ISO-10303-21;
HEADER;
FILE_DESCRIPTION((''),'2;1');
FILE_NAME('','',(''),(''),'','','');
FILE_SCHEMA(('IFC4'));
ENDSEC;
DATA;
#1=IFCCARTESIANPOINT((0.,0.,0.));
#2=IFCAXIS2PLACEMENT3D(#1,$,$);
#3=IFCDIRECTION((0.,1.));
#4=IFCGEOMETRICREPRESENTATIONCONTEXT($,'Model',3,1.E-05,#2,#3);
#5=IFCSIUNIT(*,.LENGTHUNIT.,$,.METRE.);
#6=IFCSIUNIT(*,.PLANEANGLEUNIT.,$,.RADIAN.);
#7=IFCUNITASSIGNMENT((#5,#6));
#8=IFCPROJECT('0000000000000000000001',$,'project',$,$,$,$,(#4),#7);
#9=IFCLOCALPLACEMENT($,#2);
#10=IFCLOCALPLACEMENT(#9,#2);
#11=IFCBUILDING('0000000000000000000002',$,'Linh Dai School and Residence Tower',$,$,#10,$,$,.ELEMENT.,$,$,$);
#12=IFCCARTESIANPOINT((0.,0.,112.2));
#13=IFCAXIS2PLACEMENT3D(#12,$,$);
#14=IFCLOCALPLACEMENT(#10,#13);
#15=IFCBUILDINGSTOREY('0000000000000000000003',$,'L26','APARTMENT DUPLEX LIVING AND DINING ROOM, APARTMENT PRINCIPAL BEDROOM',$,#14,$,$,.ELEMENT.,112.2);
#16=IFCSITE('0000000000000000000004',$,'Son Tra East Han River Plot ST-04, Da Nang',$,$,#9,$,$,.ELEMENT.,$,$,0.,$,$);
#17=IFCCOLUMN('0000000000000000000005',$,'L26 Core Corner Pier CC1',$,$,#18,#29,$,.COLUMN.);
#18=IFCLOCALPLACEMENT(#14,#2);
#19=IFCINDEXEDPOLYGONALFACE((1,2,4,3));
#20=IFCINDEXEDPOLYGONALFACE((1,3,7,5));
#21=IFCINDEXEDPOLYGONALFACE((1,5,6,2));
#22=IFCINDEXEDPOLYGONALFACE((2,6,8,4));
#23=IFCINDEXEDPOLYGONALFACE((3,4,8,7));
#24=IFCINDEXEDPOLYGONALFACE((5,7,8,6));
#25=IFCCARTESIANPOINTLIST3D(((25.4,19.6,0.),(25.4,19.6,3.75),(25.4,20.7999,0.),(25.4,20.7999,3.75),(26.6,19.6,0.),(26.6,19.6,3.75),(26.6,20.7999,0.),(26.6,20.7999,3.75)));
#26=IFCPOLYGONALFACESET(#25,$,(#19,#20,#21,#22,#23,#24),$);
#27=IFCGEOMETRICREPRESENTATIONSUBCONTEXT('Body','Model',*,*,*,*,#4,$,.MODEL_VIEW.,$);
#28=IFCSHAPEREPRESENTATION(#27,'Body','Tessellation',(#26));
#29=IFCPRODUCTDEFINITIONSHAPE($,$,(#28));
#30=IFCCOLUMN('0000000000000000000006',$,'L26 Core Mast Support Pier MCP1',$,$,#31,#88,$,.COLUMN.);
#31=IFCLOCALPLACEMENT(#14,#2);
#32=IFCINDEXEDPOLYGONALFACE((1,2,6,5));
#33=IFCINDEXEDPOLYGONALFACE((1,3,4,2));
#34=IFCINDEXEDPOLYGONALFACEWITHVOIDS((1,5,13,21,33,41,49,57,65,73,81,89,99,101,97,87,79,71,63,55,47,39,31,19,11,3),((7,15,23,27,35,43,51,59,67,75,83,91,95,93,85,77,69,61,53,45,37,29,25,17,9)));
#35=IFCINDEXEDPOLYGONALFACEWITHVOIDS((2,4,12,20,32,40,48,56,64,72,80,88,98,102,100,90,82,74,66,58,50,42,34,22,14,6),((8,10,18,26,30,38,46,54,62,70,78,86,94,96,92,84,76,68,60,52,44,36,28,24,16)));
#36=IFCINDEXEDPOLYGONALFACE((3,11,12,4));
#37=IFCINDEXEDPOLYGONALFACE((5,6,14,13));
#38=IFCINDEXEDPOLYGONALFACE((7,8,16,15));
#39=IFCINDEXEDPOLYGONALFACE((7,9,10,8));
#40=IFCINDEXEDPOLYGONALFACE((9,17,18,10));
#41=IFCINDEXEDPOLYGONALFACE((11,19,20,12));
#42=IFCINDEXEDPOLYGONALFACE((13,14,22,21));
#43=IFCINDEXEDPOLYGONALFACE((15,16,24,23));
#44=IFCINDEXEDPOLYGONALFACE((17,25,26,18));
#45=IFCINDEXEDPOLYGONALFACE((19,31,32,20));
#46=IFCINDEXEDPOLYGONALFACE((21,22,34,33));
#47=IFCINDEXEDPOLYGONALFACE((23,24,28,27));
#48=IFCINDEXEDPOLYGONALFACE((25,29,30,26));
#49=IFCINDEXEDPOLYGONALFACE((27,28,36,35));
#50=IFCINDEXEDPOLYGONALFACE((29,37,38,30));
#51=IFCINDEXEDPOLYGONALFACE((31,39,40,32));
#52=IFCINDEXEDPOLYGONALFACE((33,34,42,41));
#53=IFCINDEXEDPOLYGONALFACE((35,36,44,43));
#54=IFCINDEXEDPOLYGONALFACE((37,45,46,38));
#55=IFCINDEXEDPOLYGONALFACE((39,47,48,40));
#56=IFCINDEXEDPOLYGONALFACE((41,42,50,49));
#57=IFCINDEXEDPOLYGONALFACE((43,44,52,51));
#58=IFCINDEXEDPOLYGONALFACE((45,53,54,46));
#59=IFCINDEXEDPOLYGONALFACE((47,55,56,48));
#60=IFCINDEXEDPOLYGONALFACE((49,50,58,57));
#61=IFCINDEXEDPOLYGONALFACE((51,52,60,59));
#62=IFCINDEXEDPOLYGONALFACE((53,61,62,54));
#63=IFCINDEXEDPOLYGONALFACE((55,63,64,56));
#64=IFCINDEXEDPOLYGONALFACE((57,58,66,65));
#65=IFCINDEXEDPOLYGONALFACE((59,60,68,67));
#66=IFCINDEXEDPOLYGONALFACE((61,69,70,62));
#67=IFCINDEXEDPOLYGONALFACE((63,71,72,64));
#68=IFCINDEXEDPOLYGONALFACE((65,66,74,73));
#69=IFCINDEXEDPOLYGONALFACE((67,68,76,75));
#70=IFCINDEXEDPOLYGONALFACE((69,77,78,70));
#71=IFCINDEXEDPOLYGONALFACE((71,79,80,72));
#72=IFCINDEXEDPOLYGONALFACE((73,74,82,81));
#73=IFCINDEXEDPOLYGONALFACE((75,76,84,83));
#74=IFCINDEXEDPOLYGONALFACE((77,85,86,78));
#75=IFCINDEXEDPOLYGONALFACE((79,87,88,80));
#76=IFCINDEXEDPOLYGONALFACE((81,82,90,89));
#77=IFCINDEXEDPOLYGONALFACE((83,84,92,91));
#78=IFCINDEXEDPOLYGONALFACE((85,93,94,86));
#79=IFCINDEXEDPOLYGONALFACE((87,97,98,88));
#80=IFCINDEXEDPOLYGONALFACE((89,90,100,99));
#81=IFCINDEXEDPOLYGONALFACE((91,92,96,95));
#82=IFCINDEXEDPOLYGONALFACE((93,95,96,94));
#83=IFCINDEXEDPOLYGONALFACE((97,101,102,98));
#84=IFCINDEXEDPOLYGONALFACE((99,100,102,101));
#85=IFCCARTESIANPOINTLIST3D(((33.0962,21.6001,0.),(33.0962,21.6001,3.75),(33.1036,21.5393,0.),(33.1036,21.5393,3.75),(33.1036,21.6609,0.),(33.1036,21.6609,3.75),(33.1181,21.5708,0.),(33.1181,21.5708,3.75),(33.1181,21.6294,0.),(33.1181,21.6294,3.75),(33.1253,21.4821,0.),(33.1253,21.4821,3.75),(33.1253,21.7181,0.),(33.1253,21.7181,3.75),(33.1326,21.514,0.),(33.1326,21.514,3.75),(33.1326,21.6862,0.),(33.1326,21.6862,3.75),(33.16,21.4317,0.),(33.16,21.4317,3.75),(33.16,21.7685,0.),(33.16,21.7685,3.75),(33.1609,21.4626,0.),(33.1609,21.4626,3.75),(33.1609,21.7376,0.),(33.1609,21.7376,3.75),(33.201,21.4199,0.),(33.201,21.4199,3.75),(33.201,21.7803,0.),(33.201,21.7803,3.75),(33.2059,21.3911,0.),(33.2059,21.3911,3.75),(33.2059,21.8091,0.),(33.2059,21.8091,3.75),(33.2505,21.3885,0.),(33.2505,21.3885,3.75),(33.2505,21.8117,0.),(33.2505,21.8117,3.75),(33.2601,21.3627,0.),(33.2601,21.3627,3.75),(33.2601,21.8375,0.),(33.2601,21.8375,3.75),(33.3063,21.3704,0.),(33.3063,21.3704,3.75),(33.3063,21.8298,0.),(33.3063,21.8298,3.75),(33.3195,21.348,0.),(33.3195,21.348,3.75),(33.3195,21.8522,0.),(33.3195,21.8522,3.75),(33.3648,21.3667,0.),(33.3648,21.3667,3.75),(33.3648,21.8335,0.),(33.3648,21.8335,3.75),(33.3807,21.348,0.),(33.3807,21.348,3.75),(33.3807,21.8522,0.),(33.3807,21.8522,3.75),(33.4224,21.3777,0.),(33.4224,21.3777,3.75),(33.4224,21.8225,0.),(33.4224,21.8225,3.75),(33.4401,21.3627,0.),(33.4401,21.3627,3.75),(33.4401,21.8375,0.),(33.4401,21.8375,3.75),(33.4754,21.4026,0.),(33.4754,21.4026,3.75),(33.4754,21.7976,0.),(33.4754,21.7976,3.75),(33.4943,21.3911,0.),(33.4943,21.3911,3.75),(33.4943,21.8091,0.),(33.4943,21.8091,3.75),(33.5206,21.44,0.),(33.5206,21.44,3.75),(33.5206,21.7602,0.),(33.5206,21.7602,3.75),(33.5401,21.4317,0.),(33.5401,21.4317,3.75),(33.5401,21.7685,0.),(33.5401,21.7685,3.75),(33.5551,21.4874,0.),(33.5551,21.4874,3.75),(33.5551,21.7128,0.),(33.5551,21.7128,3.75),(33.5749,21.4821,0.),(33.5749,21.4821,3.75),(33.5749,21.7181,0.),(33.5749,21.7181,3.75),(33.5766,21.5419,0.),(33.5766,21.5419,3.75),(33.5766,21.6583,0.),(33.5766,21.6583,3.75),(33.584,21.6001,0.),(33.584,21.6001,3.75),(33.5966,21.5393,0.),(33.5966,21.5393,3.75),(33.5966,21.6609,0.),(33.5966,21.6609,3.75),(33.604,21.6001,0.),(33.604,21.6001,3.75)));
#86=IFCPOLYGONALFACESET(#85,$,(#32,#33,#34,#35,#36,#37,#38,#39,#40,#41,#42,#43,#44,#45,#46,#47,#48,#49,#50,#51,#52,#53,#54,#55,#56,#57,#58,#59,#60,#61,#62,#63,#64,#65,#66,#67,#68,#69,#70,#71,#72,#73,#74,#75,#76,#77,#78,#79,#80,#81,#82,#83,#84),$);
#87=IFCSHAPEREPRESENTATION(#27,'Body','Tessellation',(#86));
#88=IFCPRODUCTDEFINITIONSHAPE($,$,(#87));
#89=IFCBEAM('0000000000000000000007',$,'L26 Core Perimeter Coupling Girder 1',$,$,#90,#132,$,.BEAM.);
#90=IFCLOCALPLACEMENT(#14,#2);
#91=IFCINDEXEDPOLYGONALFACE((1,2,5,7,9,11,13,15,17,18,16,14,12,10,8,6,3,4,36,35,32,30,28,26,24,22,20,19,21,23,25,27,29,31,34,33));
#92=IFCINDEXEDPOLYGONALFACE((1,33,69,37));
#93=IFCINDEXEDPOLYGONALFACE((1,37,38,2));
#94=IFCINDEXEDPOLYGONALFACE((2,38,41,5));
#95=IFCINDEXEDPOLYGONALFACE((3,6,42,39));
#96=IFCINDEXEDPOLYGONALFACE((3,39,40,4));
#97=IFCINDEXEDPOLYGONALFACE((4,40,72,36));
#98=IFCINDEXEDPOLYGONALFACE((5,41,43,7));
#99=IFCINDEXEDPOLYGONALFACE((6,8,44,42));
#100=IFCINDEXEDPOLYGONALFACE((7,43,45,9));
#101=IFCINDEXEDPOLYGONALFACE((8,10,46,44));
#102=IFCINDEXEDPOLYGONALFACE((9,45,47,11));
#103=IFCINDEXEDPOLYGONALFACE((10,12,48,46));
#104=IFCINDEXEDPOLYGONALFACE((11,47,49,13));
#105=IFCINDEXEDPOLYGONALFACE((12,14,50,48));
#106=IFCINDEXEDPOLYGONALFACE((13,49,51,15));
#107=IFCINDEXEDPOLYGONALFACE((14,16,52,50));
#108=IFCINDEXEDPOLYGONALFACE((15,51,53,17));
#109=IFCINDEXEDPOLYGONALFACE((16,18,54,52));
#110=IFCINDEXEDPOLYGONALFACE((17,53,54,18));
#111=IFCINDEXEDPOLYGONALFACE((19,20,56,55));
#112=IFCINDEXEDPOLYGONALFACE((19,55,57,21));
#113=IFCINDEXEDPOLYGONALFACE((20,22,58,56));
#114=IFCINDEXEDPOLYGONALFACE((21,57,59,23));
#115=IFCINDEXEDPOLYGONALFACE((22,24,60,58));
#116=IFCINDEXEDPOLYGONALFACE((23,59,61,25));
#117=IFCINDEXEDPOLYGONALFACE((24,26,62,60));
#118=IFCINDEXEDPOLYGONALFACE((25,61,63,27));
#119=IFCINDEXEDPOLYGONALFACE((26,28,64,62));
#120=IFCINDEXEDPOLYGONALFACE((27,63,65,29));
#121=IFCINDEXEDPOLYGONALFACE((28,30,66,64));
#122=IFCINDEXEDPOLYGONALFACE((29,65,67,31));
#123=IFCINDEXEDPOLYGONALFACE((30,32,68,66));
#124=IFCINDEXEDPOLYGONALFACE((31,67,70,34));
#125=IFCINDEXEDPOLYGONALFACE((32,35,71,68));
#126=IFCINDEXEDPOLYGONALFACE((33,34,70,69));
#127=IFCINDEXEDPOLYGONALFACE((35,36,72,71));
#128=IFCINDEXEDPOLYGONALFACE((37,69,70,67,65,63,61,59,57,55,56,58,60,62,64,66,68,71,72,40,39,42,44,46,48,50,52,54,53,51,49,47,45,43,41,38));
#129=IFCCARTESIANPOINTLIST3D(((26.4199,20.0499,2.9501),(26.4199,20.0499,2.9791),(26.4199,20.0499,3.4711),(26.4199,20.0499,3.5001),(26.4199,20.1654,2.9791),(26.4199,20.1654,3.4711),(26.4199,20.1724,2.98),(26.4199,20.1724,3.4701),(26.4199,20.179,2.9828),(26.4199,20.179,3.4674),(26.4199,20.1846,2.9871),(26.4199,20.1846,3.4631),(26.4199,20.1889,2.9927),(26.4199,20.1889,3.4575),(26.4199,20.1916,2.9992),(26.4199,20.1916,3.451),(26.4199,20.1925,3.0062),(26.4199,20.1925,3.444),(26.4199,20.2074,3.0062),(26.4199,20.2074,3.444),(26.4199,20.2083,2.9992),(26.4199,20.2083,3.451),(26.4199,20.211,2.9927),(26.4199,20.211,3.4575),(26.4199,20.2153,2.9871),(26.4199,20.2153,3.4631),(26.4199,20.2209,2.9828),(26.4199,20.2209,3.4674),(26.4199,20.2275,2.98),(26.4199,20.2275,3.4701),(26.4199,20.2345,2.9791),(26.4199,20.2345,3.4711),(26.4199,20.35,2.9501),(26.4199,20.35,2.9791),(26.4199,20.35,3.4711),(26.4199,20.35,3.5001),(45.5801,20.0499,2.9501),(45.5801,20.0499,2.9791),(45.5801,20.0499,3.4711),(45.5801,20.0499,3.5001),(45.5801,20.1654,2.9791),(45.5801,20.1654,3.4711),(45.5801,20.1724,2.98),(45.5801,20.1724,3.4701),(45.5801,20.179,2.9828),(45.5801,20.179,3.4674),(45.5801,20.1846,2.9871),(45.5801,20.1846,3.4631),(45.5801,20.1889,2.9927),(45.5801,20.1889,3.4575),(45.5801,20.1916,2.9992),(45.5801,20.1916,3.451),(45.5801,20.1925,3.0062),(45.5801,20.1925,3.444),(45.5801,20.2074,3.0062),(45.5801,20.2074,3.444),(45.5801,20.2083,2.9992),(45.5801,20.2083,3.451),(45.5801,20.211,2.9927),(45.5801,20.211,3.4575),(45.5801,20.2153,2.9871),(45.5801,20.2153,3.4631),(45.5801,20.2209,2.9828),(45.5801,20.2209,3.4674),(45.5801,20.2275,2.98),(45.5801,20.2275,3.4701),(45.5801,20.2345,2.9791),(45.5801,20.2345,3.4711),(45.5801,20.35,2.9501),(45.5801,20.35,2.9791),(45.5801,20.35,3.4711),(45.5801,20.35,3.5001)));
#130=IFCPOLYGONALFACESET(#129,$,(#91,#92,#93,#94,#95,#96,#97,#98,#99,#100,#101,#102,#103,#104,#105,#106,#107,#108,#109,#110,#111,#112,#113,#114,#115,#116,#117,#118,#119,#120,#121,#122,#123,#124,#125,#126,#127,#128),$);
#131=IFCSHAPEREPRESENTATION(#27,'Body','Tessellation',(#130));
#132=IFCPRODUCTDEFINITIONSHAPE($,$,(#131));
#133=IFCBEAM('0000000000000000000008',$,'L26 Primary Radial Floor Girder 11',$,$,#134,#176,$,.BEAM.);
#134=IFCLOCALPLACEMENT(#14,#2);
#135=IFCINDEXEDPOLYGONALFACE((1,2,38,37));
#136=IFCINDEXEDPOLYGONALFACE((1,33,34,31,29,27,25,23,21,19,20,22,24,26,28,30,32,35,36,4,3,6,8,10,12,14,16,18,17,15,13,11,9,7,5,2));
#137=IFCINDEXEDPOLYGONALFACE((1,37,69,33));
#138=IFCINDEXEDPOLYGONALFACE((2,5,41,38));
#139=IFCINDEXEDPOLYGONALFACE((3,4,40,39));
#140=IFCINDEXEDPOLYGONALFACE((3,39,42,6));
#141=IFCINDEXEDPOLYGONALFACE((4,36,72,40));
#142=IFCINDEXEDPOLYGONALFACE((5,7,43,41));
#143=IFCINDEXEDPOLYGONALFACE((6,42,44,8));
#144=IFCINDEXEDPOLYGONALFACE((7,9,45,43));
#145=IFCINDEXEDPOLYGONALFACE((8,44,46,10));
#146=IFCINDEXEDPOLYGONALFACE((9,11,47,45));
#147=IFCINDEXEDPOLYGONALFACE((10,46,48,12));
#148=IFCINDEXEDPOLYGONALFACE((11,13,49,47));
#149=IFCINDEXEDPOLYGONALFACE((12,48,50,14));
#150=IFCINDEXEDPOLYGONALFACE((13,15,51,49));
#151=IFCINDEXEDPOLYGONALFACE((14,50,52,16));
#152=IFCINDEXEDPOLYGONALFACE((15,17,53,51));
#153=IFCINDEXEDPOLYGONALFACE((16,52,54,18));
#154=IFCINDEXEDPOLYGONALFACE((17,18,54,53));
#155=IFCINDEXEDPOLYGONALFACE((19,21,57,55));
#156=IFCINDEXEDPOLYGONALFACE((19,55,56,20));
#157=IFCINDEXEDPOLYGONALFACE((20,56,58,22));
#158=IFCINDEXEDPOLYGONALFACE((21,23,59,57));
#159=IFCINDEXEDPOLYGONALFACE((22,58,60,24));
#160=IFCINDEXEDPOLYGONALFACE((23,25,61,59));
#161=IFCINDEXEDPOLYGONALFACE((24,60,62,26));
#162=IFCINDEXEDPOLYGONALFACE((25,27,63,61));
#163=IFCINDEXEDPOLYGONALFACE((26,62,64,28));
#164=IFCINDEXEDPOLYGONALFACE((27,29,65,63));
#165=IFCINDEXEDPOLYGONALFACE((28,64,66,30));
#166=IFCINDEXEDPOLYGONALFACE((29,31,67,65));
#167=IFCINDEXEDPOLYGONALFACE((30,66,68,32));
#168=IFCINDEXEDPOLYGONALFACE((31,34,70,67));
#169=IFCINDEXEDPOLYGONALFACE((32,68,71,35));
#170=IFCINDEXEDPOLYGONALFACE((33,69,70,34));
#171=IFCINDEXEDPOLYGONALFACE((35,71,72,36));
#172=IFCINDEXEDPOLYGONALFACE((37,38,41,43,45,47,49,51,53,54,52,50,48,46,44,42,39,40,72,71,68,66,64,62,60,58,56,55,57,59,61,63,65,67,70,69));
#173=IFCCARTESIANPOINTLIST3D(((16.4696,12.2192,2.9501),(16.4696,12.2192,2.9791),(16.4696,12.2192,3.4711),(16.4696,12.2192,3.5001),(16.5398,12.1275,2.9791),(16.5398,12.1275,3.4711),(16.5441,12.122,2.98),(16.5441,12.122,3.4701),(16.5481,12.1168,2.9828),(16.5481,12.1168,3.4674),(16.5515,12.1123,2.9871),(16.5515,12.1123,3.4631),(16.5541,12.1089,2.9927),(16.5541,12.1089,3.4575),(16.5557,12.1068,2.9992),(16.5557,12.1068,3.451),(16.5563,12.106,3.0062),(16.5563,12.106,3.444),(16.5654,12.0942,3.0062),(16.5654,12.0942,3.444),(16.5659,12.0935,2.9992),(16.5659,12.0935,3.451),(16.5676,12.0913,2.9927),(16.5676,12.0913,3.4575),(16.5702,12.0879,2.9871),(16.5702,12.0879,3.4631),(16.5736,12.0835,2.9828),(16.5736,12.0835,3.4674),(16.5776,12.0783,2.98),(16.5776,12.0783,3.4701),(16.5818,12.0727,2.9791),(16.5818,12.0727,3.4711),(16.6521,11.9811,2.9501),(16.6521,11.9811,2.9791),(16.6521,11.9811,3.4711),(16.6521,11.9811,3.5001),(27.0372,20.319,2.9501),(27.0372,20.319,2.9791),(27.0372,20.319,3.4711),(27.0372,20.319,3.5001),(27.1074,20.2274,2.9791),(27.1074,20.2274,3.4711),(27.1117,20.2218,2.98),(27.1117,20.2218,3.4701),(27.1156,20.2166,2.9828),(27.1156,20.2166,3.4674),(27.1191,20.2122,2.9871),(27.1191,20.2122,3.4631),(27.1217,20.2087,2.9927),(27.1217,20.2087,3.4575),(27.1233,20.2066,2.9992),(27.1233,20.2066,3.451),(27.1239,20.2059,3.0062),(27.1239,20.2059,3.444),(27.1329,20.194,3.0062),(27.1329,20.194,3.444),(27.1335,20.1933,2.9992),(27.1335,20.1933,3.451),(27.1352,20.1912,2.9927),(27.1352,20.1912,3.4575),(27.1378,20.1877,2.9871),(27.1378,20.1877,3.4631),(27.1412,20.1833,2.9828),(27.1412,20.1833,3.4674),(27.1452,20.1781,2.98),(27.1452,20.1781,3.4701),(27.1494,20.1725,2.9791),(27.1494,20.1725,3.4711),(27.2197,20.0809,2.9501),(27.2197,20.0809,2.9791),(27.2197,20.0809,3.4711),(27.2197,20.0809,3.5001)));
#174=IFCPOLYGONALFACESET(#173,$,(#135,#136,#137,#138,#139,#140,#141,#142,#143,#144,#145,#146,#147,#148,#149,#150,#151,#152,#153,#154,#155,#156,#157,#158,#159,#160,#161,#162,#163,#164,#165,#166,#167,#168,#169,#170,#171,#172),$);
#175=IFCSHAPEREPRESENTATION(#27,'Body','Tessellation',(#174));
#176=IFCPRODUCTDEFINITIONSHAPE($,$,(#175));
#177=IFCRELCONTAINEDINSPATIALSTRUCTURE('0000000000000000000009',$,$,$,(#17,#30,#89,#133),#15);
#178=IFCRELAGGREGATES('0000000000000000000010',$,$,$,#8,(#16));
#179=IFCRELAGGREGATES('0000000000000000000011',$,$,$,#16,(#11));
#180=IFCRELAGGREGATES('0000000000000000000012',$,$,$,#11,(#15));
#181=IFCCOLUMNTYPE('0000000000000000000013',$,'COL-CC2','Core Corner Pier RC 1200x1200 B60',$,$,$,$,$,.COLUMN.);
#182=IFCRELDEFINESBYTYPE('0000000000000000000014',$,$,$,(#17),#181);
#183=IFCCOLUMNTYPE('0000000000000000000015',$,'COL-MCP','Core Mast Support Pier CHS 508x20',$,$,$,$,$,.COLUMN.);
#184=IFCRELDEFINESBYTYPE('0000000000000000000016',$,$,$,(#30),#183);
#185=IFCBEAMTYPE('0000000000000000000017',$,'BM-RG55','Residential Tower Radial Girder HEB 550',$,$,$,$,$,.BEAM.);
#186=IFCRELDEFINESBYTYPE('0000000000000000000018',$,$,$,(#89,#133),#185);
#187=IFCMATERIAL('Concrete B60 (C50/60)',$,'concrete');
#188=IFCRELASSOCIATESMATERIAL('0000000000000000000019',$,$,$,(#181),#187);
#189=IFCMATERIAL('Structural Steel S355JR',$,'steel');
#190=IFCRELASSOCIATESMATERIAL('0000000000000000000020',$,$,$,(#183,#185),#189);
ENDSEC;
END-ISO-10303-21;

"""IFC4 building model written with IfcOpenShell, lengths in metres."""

from ifc_helpers import new_model, si_unit, direction, frame, origin, origin_2d, place, context, subcontext, project, spatial, rectangle, hollow_circle, i_section, extrude, material, material_profile, profile_set, type_object, element, save


model = new_model("IFC4")

# Units and contexts
model_context = context("Model", 3, precision=1e-05, world=origin(), true_north=direction((0.0, 1.0)))
body_context = subcontext(model_context, "Body", "Model", "MODEL_VIEW")
ifc_project = project(units=[si_unit("LENGTHUNIT", "METRE"), si_unit("PLANEANGLEUNIT", "RADIAN")], contexts=[model_context])

# Site, building, storey
site_placement = place(None, origin())
site = spatial("IfcSite", under=ifc_project, at=site_placement, Name="Son Tra East Han River Plot ST-04, Da Nang", CompositionType="ELEMENT", RefElevation=0.0)
building_placement = place(site_placement, origin())
building = spatial("IfcBuilding", under=site, at=building_placement, Name="Linh Dai School and Residence Tower", CompositionType="ELEMENT")
storey_placement = place(building_placement, frame((0.0, 0.0, 112.2)))
storey = spatial("IfcBuildingStorey", under=building, at=storey_placement, Name="L26", Description="APARTMENT DUPLEX LIVING AND DINING ROOM, APARTMENT PRINCIPAL BEDROOM", CompositionType="ELEMENT", Elevation=112.2)

# Columns
ifc_material_1 = material(Name="Concrete B60 (C50/60)", Category="concrete")
ifc_material_profile_1 = material_profile(ifc_material_1, rectangle(XDim=1.2, YDim=1.2, at=origin_2d()), Name="RC 1200x1200")
ifc_profile_set_1 = profile_set([ifc_material_profile_1], Name="Concrete B60 (C50/60)")
column_type_1 = type_object("IfcColumnType", Name="COL-CC2", Description="Core Corner Pier RC 1200x1200 B60", PredefinedType="COLUMN", material=ifc_profile_set_1)
column_1_placement = place(storey_placement, frame((26.0, 20.2, 0.0), z_axis=(0.0, 0.0, 1.0), x_axis=(1.0, 0.0, 0.0)))
element("IfcColumn", 1, at=column_1_placement, inside=storey, type_object=column_type_1, Name="L26 Core Corner Pier CC1", PredefinedType="COLUMN", context=body_context, shape_type="SweptSolid", body=[
    extrude(rectangle(XDim=1.2, YDim=1.2, at=origin_2d()), origin(), (0.0, 0.0, 1.0), 3.75),
])
ifc_material_2 = material(Name="Structural Steel S355JR", Category="steel")
ifc_material_profile_2 = material_profile(ifc_material_2, hollow_circle(Radius=0.2539, WallThickness=0.02, at=origin_2d()), Name="CHS 508x20")
ifc_profile_set_2 = profile_set([ifc_material_profile_2], Name="Structural Steel S355JR")
column_type_2 = type_object("IfcColumnType", Name="COL-MCP", Description="Core Mast Support Pier CHS 508x20", PredefinedType="COLUMN", material=ifc_profile_set_2)
column_2_placement = place(storey_placement, frame((33.3501, 21.6001, 0.0), z_axis=(0.0, 0.0, 1.0), x_axis=(1.0, 0.0, 0.0)))
element("IfcColumn", 2, at=column_2_placement, inside=storey, type_object=column_type_2, Name="L26 Core Mast Support Pier MCP1", PredefinedType="COLUMN", context=body_context, shape_type="SweptSolid", body=[
    extrude(hollow_circle(Radius=0.2539, WallThickness=0.02, at=origin_2d()), origin(), (0.0, 0.0, 1.0), 3.75),
])

# Beams
ifc_material_profile_3 = material_profile(ifc_material_2, i_section(OverallWidth=0.3, OverallDepth=0.55, WebThickness=0.0149, FlangeThickness=0.0291, FilletRadius=0.0271, at=origin_2d()), Name="HEB 550")
ifc_profile_set_3 = profile_set([ifc_material_profile_3], Name="Structural Steel S355JR")
beam_type_1 = type_object("IfcBeamType", Name="BM-RG55", Description="Residential Tower Radial Girder HEB 550", PredefinedType="BEAM", material=ifc_profile_set_3)
beam_1_placement = place(storey_placement, frame((26.4199, 20.2, 3.2251), z_axis=(1.0, 0.0, 0.0), x_axis=(0.0, 1.0, 0.0)))
element("IfcBeam", 3, at=beam_1_placement, inside=storey, type_object=beam_type_1, Name="L26 Core Perimeter Coupling Girder 1", PredefinedType="BEAM", context=body_context, shape_type="SweptSolid", body=[
    extrude(i_section(OverallWidth=0.3, OverallDepth=0.55, WebThickness=0.0149, FlangeThickness=0.0291, FilletRadius=0.0271, at=origin_2d()), origin(), (0.0, 0.0, 1.0), 19.1602),
])
beam_2_placement = place(storey_placement, frame((27.1284, 20.2, 3.2251), z_axis=(-0.793679, -0.608337, 0.0), x_axis=(0.608337, -0.793679, 0.0)))
element("IfcBeam", 4, at=beam_2_placement, inside=storey, type_object=beam_type_1, Name="L26 Primary Radial Floor Girder 11", PredefinedType="BEAM", context=body_context, shape_type="SweptSolid", body=[
    extrude(i_section(OverallWidth=0.3, OverallDepth=0.55, WebThickness=0.0149, FlangeThickness=0.0291, FilletRadius=0.0271, at=origin_2d()), origin(), (0.0, 0.0, 1.0), 13.3147),
])

save(model, "model.ifc")
